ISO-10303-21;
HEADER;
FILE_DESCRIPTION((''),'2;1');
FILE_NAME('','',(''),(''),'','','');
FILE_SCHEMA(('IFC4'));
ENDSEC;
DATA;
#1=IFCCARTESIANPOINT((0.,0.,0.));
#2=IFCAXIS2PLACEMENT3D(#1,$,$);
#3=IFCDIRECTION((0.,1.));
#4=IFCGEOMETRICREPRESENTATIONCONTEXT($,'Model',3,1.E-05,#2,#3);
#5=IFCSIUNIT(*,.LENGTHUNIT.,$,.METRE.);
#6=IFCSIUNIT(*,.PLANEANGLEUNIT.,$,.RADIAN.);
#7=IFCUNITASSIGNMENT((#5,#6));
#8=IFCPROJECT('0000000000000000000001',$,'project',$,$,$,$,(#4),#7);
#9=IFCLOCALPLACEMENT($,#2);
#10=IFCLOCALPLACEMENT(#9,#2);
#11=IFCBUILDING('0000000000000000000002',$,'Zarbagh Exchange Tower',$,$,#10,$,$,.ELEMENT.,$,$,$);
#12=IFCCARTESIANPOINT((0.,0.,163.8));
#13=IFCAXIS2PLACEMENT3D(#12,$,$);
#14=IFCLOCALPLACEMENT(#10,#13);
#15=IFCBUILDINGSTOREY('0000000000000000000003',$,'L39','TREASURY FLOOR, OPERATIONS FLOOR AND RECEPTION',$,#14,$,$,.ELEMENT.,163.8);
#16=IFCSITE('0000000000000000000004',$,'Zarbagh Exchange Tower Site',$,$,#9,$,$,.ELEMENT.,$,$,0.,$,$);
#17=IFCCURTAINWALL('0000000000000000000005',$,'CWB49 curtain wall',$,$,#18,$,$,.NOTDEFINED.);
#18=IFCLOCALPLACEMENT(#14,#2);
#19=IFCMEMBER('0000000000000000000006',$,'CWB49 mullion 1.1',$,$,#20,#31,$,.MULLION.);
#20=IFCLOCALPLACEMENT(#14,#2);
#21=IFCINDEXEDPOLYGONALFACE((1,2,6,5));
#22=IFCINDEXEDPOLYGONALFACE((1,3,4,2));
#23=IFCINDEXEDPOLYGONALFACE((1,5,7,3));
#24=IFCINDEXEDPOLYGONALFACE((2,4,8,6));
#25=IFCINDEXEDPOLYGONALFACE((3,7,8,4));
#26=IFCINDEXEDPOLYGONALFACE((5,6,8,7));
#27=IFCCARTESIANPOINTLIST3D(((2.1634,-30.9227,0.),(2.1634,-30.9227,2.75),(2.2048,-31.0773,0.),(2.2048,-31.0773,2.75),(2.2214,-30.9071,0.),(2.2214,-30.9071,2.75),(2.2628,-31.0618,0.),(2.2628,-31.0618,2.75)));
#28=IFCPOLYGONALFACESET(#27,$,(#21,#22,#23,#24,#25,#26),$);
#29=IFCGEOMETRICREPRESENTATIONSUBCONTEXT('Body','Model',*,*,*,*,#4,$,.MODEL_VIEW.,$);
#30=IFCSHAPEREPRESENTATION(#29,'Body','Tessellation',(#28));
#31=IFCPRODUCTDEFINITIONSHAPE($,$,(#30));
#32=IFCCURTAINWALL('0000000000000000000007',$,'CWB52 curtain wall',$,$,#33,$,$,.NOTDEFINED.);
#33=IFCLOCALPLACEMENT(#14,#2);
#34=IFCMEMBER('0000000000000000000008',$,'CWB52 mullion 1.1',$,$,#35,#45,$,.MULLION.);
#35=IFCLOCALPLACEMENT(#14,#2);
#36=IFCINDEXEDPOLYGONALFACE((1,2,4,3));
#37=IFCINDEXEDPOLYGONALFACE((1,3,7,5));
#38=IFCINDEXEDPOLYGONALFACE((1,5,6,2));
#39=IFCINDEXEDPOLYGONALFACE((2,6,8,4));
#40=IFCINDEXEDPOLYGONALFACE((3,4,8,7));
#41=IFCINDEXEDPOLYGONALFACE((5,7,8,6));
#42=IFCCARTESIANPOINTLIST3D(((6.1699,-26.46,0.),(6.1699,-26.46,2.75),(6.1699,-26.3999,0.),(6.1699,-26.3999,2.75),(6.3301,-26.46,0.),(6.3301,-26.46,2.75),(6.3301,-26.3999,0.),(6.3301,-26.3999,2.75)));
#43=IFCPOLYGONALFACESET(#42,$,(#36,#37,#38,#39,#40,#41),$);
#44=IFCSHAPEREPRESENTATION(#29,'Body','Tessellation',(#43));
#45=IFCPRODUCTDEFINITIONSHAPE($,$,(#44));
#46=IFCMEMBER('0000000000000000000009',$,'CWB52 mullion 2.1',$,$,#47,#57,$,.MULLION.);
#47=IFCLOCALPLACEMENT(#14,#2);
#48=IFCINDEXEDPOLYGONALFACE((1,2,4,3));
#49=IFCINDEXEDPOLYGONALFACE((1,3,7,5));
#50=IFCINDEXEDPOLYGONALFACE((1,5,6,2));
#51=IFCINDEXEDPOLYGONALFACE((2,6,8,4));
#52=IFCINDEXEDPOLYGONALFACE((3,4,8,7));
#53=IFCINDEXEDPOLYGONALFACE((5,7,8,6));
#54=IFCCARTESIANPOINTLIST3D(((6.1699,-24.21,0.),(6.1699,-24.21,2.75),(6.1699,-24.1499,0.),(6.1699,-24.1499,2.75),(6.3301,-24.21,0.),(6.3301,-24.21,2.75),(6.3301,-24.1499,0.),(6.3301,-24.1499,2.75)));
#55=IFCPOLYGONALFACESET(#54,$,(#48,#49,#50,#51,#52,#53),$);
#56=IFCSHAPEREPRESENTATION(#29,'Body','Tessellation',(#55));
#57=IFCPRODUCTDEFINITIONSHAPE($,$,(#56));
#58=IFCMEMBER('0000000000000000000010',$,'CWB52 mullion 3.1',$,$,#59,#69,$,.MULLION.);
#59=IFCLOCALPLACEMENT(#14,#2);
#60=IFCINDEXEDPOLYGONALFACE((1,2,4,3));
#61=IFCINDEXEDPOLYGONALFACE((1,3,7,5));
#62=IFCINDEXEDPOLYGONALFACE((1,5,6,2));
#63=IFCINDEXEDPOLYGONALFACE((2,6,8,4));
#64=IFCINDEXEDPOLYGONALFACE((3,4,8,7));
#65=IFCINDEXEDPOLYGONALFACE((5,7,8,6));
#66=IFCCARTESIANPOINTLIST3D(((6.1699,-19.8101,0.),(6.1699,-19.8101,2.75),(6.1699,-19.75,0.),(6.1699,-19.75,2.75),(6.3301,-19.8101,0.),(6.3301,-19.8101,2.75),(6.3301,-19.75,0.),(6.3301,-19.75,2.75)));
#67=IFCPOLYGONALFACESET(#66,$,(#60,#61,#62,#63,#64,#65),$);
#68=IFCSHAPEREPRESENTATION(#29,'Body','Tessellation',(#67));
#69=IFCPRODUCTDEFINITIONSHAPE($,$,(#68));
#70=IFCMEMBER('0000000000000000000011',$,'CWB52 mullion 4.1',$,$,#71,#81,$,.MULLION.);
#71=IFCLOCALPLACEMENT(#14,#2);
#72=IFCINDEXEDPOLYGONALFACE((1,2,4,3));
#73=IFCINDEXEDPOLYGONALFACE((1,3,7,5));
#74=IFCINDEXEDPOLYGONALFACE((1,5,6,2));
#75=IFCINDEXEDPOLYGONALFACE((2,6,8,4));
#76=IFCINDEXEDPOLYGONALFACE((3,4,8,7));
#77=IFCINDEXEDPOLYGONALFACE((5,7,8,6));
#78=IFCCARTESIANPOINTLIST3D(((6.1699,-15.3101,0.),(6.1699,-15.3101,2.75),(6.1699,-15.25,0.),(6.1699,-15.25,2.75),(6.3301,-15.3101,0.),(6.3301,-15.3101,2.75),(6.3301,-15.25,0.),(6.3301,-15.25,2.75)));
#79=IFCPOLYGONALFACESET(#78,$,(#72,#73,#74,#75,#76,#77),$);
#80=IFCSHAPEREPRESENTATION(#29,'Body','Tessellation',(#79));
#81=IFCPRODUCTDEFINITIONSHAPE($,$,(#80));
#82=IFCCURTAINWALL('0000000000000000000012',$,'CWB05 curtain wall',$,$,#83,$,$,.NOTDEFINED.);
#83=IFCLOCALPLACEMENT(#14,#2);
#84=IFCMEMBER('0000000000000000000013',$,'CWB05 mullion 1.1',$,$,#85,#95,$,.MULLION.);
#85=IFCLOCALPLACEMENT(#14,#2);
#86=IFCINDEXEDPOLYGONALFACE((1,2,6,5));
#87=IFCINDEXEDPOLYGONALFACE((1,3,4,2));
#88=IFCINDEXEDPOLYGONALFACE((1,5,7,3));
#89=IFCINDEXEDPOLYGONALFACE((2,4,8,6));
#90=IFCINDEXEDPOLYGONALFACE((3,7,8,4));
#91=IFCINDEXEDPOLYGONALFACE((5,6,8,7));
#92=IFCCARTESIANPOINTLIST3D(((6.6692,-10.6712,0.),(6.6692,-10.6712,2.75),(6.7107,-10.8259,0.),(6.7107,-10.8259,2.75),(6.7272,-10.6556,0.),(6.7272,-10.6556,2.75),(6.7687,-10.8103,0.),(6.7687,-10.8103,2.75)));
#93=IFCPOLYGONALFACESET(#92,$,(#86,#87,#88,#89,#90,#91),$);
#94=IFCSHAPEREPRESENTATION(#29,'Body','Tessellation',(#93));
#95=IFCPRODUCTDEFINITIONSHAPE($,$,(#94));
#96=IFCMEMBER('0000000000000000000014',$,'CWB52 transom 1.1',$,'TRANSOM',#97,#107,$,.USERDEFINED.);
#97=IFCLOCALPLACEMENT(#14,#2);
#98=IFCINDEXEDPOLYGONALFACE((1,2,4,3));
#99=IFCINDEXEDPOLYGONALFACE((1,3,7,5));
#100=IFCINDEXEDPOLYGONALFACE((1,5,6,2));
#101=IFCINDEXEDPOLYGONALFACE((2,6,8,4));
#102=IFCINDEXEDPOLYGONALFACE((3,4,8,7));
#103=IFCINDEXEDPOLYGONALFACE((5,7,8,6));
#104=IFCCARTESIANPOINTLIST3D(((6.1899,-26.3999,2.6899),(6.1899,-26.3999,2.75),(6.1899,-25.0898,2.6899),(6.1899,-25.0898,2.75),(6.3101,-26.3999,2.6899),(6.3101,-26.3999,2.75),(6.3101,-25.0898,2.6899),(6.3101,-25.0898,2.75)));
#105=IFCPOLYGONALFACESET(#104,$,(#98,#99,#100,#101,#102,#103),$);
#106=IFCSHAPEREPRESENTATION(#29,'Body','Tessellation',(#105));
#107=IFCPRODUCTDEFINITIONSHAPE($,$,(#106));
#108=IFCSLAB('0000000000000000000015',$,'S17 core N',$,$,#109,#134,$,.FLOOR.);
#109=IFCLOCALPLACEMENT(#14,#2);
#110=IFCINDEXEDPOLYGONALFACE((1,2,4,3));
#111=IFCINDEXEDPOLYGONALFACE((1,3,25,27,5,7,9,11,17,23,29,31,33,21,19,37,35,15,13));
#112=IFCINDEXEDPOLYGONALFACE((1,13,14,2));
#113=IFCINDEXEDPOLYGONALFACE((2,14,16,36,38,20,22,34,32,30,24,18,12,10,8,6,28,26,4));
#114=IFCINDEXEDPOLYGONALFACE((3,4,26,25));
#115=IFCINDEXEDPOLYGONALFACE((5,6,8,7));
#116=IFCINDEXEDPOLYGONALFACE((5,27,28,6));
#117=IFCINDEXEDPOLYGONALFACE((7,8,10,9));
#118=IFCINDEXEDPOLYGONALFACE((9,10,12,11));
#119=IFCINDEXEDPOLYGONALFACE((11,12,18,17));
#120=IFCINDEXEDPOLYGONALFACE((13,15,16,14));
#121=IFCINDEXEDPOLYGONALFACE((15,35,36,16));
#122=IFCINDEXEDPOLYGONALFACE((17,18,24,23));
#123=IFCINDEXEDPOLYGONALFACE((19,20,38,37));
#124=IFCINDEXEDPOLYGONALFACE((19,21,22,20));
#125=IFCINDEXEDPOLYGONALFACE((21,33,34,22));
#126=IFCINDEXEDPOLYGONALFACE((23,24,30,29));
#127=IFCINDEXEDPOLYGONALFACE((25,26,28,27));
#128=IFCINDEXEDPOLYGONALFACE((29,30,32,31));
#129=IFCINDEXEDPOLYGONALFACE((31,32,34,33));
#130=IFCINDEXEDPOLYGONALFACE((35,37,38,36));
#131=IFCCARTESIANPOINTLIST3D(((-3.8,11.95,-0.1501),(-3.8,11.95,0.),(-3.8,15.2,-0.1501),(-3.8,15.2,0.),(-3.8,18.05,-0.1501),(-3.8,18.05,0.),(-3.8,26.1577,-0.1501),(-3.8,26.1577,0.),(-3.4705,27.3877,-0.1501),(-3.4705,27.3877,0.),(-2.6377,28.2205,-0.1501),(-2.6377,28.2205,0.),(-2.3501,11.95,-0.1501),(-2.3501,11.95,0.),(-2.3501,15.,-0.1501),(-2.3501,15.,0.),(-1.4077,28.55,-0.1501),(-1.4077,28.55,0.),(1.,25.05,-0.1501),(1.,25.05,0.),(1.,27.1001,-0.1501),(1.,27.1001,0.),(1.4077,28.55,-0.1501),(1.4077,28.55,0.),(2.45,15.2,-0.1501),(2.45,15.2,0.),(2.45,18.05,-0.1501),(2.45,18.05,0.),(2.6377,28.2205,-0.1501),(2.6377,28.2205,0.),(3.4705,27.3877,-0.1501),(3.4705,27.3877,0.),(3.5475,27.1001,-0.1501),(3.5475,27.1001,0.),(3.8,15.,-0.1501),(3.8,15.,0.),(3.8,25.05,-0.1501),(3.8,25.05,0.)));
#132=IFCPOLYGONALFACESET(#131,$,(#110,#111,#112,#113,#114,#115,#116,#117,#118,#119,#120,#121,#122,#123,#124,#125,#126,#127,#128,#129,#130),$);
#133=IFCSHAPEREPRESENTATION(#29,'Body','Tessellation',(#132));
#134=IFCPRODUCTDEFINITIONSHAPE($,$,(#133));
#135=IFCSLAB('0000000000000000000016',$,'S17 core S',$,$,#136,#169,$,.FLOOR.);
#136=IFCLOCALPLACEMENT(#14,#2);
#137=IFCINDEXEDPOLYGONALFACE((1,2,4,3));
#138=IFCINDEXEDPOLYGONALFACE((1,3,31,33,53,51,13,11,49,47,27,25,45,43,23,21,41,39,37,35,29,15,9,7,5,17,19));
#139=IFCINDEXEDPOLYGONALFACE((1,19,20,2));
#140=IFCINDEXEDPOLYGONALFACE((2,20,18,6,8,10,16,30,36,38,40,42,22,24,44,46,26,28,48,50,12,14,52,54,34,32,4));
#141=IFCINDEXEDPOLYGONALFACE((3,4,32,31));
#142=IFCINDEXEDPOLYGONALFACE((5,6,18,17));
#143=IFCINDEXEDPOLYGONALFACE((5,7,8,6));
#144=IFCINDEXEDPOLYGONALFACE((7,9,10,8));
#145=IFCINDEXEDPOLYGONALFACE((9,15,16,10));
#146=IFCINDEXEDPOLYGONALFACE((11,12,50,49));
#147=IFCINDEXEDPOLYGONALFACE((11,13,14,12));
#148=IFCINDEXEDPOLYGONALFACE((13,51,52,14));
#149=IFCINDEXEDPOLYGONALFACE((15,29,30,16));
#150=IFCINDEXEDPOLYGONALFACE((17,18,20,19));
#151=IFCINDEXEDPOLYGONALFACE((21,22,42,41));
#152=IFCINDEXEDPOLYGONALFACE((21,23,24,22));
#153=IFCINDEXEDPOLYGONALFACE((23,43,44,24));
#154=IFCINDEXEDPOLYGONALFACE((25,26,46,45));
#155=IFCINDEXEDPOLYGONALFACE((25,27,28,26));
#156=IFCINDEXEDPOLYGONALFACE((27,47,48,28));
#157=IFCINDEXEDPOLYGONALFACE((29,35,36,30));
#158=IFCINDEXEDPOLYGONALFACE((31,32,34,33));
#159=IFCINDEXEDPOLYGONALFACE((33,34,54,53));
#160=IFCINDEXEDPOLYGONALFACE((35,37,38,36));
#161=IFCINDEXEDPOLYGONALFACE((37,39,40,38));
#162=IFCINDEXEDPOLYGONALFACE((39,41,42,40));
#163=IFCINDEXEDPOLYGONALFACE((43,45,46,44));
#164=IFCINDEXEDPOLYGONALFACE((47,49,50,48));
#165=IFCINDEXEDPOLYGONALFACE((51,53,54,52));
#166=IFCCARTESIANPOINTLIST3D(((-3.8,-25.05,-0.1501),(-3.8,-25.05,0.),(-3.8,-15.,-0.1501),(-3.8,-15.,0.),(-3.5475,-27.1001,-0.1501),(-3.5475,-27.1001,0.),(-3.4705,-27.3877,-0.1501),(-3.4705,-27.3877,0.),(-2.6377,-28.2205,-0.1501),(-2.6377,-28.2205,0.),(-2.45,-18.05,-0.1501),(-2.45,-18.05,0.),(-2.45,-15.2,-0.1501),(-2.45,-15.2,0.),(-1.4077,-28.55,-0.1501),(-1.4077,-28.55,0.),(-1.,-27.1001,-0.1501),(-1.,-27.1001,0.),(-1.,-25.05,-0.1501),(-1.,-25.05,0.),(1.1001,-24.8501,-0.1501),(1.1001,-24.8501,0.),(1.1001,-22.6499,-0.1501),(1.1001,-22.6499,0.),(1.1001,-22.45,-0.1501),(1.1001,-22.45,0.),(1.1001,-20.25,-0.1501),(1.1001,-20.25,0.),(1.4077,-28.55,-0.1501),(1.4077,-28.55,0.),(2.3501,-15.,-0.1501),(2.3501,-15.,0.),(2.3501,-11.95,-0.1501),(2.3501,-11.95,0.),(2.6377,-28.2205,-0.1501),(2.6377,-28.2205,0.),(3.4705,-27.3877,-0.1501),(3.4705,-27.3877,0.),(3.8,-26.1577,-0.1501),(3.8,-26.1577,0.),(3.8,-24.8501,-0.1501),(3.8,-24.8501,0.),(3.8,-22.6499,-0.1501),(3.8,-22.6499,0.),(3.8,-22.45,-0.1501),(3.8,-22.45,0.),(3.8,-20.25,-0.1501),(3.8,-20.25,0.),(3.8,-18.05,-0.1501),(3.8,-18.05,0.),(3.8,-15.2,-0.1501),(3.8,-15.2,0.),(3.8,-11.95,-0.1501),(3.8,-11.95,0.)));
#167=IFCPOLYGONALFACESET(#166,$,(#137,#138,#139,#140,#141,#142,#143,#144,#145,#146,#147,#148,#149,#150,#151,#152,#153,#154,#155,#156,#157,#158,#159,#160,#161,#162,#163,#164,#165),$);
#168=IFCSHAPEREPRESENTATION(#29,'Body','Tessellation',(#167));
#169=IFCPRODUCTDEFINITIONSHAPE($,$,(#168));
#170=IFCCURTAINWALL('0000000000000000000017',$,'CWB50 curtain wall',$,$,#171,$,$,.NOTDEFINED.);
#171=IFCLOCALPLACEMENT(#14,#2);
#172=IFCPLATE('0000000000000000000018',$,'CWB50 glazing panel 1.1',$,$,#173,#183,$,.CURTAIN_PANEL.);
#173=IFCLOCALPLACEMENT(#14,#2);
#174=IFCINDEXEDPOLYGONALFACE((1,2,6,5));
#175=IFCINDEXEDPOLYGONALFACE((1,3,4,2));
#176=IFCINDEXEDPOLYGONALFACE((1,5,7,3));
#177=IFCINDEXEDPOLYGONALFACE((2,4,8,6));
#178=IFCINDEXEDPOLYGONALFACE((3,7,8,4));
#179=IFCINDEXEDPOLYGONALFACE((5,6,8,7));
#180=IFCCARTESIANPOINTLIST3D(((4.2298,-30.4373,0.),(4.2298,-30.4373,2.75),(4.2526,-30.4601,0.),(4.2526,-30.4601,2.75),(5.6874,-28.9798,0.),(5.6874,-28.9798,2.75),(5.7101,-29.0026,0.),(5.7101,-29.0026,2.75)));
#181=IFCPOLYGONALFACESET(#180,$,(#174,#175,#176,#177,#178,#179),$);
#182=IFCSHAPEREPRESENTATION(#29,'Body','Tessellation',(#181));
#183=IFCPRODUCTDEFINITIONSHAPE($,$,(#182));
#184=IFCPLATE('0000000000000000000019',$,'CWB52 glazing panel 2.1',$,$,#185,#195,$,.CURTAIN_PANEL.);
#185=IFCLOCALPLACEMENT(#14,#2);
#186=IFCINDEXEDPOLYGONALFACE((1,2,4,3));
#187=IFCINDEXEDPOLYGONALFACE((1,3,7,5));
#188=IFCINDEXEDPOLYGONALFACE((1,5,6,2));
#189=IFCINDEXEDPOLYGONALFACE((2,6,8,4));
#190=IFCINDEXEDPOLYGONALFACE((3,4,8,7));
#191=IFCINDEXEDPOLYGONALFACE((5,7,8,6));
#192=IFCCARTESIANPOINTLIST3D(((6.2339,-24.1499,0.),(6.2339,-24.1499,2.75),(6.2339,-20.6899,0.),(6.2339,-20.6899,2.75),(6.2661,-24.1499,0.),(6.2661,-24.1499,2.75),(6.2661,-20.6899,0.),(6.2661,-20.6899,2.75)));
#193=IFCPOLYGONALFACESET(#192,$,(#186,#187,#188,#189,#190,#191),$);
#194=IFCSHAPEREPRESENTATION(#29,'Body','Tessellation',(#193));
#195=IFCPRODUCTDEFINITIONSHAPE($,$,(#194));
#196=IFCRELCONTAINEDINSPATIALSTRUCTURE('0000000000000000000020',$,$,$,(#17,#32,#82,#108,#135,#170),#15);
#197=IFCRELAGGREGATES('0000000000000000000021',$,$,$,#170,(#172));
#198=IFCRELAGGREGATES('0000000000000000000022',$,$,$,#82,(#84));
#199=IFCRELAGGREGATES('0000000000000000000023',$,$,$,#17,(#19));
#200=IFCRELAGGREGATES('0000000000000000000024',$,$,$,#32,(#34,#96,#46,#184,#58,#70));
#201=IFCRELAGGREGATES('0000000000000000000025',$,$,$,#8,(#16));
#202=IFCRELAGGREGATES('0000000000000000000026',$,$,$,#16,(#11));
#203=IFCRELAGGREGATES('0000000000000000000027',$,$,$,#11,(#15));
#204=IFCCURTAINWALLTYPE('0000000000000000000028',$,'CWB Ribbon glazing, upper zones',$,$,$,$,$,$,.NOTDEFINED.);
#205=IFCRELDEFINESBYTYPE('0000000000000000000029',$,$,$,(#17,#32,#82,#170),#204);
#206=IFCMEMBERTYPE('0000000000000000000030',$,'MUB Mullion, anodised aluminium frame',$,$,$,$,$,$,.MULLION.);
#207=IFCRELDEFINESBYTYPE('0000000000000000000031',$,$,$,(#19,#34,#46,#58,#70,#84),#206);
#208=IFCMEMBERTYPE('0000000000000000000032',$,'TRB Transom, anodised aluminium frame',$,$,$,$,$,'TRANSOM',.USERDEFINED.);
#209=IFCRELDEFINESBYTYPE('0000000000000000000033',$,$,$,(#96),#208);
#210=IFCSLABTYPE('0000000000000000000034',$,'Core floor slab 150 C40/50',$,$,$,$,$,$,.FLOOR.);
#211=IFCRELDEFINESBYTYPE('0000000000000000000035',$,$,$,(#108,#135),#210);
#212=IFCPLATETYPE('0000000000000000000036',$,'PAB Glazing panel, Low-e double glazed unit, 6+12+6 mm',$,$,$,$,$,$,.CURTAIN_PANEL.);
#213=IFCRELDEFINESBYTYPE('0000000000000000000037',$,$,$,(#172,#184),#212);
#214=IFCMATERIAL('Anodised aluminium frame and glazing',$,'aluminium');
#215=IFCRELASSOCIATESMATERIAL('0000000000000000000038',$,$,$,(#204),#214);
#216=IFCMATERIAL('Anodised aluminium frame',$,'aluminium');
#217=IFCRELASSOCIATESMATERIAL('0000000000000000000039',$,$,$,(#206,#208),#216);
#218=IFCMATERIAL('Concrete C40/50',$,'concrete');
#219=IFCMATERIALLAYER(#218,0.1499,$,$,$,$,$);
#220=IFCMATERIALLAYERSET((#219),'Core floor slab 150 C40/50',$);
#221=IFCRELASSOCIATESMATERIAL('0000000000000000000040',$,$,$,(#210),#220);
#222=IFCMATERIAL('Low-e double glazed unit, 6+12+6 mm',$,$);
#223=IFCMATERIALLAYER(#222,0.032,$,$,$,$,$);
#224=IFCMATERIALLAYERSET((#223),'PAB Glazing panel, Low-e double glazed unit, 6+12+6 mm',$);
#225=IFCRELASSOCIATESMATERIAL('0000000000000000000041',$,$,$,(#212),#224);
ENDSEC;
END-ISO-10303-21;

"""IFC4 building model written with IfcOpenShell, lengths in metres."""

from ifc_helpers import new_model, si_unit, direction, frame, origin, place, context, subcontext, project, spatial, polyline, outline, extrude, source, transform, mapped, material, layer, layer_set, type_object, element, aggregate, save


model = new_model("IFC4")

# Units and contexts
model_context = context("Model", 3, precision=1e-05, world=origin(), true_north=direction((0.0, 1.0)))
body_context = subcontext(model_context, "Body", "Model", "MODEL_VIEW")
ifc_project = project(units=[si_unit("LENGTHUNIT", "METRE"), si_unit("PLANEANGLEUNIT", "RADIAN")], contexts=[model_context])

# Site, building, storey
site_placement = place(None, origin())
site = spatial("IfcSite", under=ifc_project, at=site_placement, Name="Zarbagh Exchange Tower Site", CompositionType="ELEMENT", RefElevation=0.0)
building_placement = place(site_placement, origin())
building = spatial("IfcBuilding", under=site, at=building_placement, Name="Zarbagh Exchange Tower", CompositionType="ELEMENT")
storey_placement = place(building_placement, frame((0.0, 0.0, 163.8)))
storey = spatial("IfcBuildingStorey", under=building, at=storey_placement, Name="L39", Description="TREASURY FLOOR, OPERATIONS FLOOR AND RECEPTION", CompositionType="ELEMENT", Elevation=163.8)

# Curtain wall, member
ifc_material_1 = material(Name="Anodised aluminium frame and glazing", Category="aluminium")
curtain_wall_type = type_object("IfcCurtainWallType", Name="CWB Ribbon glazing, upper zones", PredefinedType="NOTDEFINED", material=ifc_material_1)
curtain_wall_1_placement = place(storey_placement, origin())
curtain_wall_1 = element("IfcCurtainWall", 1, at=curtain_wall_1_placement, inside=storey, type_object=curtain_wall_type, Name="CWB49 curtain wall", PredefinedType="NOTDEFINED")
ifc_material_2 = material(Name="Anodised aluminium frame", Category="aluminium")
member_type_1 = type_object("IfcMemberType", Name="MUB Mullion, anodised aluminium frame", PredefinedType="MULLION", material=ifc_material_2)
shared_shape_1 = source(origin(), body_context, "Body", "SweptSolid", [
    extrude(outline(polyline([(0.0, -0.0801), (0.0601, -0.0801), (0.0601, 0.0801), (0.0, 0.0801), (0.0, -0.0801)])), origin(), (0.0, 0.0, 1.0), 2.75),
])
placement = place(storey_placement, origin())
member_1 = element("IfcMember", 2, at=placement, type_object=member_type_1, Name="CWB49 mullion 1.1", PredefinedType="MULLION", context=body_context, shape_type="MappedRepresentation", body=[
    mapped(shared_shape_1, transform((2.1841, -31.0, 0.0), x_axis=(0.965924, 0.258825, 0.0), y_axis=(-0.258825, 0.965924, 0.0), z_axis=(0.0, 0.0, 1.0))),
])

# Curtain wall, members
curtain_wall_2_placement = place(storey_placement, origin())
curtain_wall_2 = element("IfcCurtainWall", 3, at=curtain_wall_2_placement, inside=storey, type_object=curtain_wall_type, Name="CWB52 curtain wall", PredefinedType="NOTDEFINED")
member_2 = element("IfcMember", 4, at=placement, type_object=member_type_1, Name="CWB52 mullion 1.1", PredefinedType="MULLION", context=body_context, shape_type="MappedRepresentation", body=[
    mapped(shared_shape_1, transform((6.25, -26.46, 0.0), x_axis=(0.0, 1.0, 0.0), y_axis=(-1.0, 0.0, 0.0), z_axis=(0.0, 0.0, 1.0))),
])
member_3 = element("IfcMember", 5, at=placement, type_object=member_type_1, Name="CWB52 mullion 2.1", PredefinedType="MULLION", context=body_context, shape_type="MappedRepresentation", body=[
    mapped(shared_shape_1, transform((6.25, -24.21, 0.0), x_axis=(0.0, 1.0, 0.0), y_axis=(-1.0, 0.0, 0.0), z_axis=(0.0, 0.0, 1.0))),
])
member_4 = element("IfcMember", 6, at=placement, type_object=member_type_1, Name="CWB52 mullion 3.1", PredefinedType="MULLION", context=body_context, shape_type="MappedRepresentation", body=[
    mapped(shared_shape_1, transform((6.25, -19.8101, 0.0), x_axis=(0.0, 1.0, 0.0), y_axis=(-1.0, 0.0, 0.0), z_axis=(0.0, 0.0, 1.0))),
])
member_5 = element("IfcMember", 7, at=placement, type_object=member_type_1, Name="CWB52 mullion 4.1", PredefinedType="MULLION", context=body_context, shape_type="MappedRepresentation", body=[
    mapped(shared_shape_1, transform((6.25, -15.3101, 0.0), x_axis=(0.0, 1.0, 0.0), y_axis=(-1.0, 0.0, 0.0), z_axis=(0.0, 0.0, 1.0))),
])

# Curtain wall, member
curtain_wall_3_placement = place(storey_placement, origin())
curtain_wall_3 = element("IfcCurtainWall", 8, at=curtain_wall_3_placement, inside=storey, type_object=curtain_wall_type, Name="CWB05 curtain wall", PredefinedType="NOTDEFINED")
member_6 = element("IfcMember", 9, at=placement, type_object=member_type_1, Name="CWB05 mullion 1.1", PredefinedType="MULLION", context=body_context, shape_type="MappedRepresentation", body=[
    mapped(shared_shape_1, transform((6.6899, -10.7485, 0.0), x_axis=(0.965924, 0.258825, 0.0), y_axis=(-0.258825, 0.965924, 0.0), z_axis=(0.0, 0.0, 1.0))),
])

# Member
member_type_2 = type_object("IfcMemberType", Name="TRB Transom, anodised aluminium frame", ElementType="TRANSOM", PredefinedType="USERDEFINED", material=ifc_material_2)
shared_shape_2 = source(origin(), body_context, "Body", "SweptSolid", [
    extrude(outline(polyline([(-0.0601, -0.0601), (0.0, -0.0601), (0.0, 0.0601), (-0.0601, 0.0601), (-0.0601, -0.0601)])), origin(), (0.0, 0.0, 1.0), 1.3101),
])
member_7 = element("IfcMember", 10, at=placement, type_object=member_type_2, Name="CWB52 transom 1.1", ObjectType="TRANSOM", PredefinedType="USERDEFINED", context=body_context, shape_type="MappedRepresentation", body=[
    mapped(shared_shape_2, transform((6.25, -26.3999, 2.75), x_axis=(0.0, 0.0, 1.0), y_axis=(1.0, 0.0, 0.0), z_axis=(0.0, 1.0, 0.0))),
])

# Slabs
ifc_material_3 = material(Name="Concrete C40/50", Category="concrete")
ifc_layer_1 = layer(ifc_material_3, 0.1499)
ifc_layer_set_1 = layer_set([ifc_layer_1], Name="Core floor slab 150 C40/50")
slab_type = type_object("IfcSlabType", Name="Core floor slab 150 C40/50", PredefinedType="FLOOR", material=ifc_layer_set_1)
slab_1_placement = place(storey_placement, frame((0.0, 0.0, -0.1501)))
element("IfcSlab", 11, at=slab_1_placement, inside=storey, type_object=slab_type, Name="S17 core N", PredefinedType="FLOOR", context=body_context, shape_type="SweptSolid", body=[
    extrude(outline(polyline([(-3.8, 11.95), (-3.8, 15.2), (2.45, 15.2), (2.45, 18.05), (-3.8, 18.05), (-3.8, 26.1577), (-3.4705, 27.3877), (-2.6377, 28.2205), (-1.4077, 28.55), (1.4077, 28.55), (2.6377, 28.2205), (3.4705, 27.3877), (3.8, 26.1577), (3.8, 26.1577), (3.5476, 27.1001), (1.0, 27.1001), (1.0, 25.05), (3.8, 25.05), (3.8, 15.0), (-2.3501, 15.0), (-2.3501, 11.95), (-3.8, 11.95)])), origin(), (0.0, 0.0, 1.0), 0.1501),
])
slab_2_placement = place(storey_placement, frame((0.0, 0.0, -0.1501)))
element("IfcSlab", 12, at=slab_2_placement, inside=storey, type_object=slab_type, Name="S17 core S", PredefinedType="FLOOR", context=body_context, shape_type="SweptSolid", body=[
    extrude(outline(polyline([(-2.6377, -28.2205), (-3.4705, -27.3877), (-3.8, -26.1577), (-3.8, -26.1577), (-3.5476, -27.1001), (-1.0, -27.1001), (-1.0, -25.05), (-3.8, -25.05), (-3.8, -15.0), (2.3501, -15.0), (2.3501, -11.95), (3.8, -11.95), (3.8, -15.2), (-2.45, -15.2), (-2.45, -18.05), (3.8, -18.05), (3.8, -20.25), (1.1001, -20.25), (1.1001, -22.45), (3.8, -22.45), (3.8, -22.6499), (1.1001, -22.6499), (1.1001, -24.8501), (3.8, -24.8501), (3.8, -26.1577), (3.4705, -27.3877), (2.6377, -28.2205), (1.4077, -28.55), (-1.4077, -28.55), (-2.6377, -28.2205)])), origin(), (0.0, 0.0, 1.0), 0.1501),
])

# Curtain wall, plate
curtain_wall_4_placement = place(storey_placement, origin())
curtain_wall_4 = element("IfcCurtainWall", 13, at=curtain_wall_4_placement, inside=storey, type_object=curtain_wall_type, Name="CWB50 curtain wall", PredefinedType="NOTDEFINED")
ifc_material_4 = material(Name="Low-e double glazed unit, 6+12+6 mm")
ifc_layer_2 = layer(ifc_material_4, 0.032)
ifc_layer_set_2 = layer_set([ifc_layer_2], Name="PAB Glazing panel, Low-e double glazed unit, 6+12+6 mm")
plate_type = type_object("IfcPlateType", Name="PAB Glazing panel, Low-e double glazed unit, 6+12+6 mm", PredefinedType="CURTAIN_PANEL", material=ifc_layer_set_2)
shared_shape_3 = source(origin(), body_context, "Body", "SweptSolid", [
    extrude(outline(polyline([(0.0, -0.0161), (2.0613, -0.0161), (2.0613, 0.0161), (0.0, 0.0161), (0.0, -0.0161)])), origin(), (0.0, 0.0, 1.0), 2.75),
])
plate_1 = element("IfcPlate", 14, at=placement, type_object=plate_type, Name="CWB50 glazing panel 1.1", PredefinedType="CURTAIN_PANEL", context=body_context, shape_type="MappedRepresentation", body=[
    mapped(shared_shape_3, transform((4.2412, -30.4487, 0.0), x_axis=(0.707107, 0.707107, 0.0), y_axis=(-0.707107, 0.707107, 0.0), z_axis=(0.0, 0.0, 1.0))),
])
aggregate(curtain_wall_4, [plate_1])

# Plate
shared_shape_4 = source(origin(), body_context, "Body", "SweptSolid", [
    extrude(outline(polyline([(0.0, -0.0161), (3.46, -0.0161), (3.46, 0.0161), (0.0, 0.0161), (0.0, -0.0161)])), origin(), (0.0, 0.0, 1.0), 2.75),
])
plate_2 = element("IfcPlate", 15, at=placement, type_object=plate_type, Name="CWB52 glazing panel 2.1", PredefinedType="CURTAIN_PANEL", context=body_context, shape_type="MappedRepresentation", body=[
    mapped(shared_shape_4, transform((6.25, -24.1499, 0.0), x_axis=(0.0, 1.0, 0.0), y_axis=(-1.0, 0.0, 0.0), z_axis=(0.0, 0.0, 1.0))),
])
aggregate(curtain_wall_3, [member_6])
aggregate(curtain_wall_1, [member_1])

aggregate(curtain_wall_2, [member_2, member_7, member_3, plate_2, member_4, member_5])

save(model, "model.ifc")
